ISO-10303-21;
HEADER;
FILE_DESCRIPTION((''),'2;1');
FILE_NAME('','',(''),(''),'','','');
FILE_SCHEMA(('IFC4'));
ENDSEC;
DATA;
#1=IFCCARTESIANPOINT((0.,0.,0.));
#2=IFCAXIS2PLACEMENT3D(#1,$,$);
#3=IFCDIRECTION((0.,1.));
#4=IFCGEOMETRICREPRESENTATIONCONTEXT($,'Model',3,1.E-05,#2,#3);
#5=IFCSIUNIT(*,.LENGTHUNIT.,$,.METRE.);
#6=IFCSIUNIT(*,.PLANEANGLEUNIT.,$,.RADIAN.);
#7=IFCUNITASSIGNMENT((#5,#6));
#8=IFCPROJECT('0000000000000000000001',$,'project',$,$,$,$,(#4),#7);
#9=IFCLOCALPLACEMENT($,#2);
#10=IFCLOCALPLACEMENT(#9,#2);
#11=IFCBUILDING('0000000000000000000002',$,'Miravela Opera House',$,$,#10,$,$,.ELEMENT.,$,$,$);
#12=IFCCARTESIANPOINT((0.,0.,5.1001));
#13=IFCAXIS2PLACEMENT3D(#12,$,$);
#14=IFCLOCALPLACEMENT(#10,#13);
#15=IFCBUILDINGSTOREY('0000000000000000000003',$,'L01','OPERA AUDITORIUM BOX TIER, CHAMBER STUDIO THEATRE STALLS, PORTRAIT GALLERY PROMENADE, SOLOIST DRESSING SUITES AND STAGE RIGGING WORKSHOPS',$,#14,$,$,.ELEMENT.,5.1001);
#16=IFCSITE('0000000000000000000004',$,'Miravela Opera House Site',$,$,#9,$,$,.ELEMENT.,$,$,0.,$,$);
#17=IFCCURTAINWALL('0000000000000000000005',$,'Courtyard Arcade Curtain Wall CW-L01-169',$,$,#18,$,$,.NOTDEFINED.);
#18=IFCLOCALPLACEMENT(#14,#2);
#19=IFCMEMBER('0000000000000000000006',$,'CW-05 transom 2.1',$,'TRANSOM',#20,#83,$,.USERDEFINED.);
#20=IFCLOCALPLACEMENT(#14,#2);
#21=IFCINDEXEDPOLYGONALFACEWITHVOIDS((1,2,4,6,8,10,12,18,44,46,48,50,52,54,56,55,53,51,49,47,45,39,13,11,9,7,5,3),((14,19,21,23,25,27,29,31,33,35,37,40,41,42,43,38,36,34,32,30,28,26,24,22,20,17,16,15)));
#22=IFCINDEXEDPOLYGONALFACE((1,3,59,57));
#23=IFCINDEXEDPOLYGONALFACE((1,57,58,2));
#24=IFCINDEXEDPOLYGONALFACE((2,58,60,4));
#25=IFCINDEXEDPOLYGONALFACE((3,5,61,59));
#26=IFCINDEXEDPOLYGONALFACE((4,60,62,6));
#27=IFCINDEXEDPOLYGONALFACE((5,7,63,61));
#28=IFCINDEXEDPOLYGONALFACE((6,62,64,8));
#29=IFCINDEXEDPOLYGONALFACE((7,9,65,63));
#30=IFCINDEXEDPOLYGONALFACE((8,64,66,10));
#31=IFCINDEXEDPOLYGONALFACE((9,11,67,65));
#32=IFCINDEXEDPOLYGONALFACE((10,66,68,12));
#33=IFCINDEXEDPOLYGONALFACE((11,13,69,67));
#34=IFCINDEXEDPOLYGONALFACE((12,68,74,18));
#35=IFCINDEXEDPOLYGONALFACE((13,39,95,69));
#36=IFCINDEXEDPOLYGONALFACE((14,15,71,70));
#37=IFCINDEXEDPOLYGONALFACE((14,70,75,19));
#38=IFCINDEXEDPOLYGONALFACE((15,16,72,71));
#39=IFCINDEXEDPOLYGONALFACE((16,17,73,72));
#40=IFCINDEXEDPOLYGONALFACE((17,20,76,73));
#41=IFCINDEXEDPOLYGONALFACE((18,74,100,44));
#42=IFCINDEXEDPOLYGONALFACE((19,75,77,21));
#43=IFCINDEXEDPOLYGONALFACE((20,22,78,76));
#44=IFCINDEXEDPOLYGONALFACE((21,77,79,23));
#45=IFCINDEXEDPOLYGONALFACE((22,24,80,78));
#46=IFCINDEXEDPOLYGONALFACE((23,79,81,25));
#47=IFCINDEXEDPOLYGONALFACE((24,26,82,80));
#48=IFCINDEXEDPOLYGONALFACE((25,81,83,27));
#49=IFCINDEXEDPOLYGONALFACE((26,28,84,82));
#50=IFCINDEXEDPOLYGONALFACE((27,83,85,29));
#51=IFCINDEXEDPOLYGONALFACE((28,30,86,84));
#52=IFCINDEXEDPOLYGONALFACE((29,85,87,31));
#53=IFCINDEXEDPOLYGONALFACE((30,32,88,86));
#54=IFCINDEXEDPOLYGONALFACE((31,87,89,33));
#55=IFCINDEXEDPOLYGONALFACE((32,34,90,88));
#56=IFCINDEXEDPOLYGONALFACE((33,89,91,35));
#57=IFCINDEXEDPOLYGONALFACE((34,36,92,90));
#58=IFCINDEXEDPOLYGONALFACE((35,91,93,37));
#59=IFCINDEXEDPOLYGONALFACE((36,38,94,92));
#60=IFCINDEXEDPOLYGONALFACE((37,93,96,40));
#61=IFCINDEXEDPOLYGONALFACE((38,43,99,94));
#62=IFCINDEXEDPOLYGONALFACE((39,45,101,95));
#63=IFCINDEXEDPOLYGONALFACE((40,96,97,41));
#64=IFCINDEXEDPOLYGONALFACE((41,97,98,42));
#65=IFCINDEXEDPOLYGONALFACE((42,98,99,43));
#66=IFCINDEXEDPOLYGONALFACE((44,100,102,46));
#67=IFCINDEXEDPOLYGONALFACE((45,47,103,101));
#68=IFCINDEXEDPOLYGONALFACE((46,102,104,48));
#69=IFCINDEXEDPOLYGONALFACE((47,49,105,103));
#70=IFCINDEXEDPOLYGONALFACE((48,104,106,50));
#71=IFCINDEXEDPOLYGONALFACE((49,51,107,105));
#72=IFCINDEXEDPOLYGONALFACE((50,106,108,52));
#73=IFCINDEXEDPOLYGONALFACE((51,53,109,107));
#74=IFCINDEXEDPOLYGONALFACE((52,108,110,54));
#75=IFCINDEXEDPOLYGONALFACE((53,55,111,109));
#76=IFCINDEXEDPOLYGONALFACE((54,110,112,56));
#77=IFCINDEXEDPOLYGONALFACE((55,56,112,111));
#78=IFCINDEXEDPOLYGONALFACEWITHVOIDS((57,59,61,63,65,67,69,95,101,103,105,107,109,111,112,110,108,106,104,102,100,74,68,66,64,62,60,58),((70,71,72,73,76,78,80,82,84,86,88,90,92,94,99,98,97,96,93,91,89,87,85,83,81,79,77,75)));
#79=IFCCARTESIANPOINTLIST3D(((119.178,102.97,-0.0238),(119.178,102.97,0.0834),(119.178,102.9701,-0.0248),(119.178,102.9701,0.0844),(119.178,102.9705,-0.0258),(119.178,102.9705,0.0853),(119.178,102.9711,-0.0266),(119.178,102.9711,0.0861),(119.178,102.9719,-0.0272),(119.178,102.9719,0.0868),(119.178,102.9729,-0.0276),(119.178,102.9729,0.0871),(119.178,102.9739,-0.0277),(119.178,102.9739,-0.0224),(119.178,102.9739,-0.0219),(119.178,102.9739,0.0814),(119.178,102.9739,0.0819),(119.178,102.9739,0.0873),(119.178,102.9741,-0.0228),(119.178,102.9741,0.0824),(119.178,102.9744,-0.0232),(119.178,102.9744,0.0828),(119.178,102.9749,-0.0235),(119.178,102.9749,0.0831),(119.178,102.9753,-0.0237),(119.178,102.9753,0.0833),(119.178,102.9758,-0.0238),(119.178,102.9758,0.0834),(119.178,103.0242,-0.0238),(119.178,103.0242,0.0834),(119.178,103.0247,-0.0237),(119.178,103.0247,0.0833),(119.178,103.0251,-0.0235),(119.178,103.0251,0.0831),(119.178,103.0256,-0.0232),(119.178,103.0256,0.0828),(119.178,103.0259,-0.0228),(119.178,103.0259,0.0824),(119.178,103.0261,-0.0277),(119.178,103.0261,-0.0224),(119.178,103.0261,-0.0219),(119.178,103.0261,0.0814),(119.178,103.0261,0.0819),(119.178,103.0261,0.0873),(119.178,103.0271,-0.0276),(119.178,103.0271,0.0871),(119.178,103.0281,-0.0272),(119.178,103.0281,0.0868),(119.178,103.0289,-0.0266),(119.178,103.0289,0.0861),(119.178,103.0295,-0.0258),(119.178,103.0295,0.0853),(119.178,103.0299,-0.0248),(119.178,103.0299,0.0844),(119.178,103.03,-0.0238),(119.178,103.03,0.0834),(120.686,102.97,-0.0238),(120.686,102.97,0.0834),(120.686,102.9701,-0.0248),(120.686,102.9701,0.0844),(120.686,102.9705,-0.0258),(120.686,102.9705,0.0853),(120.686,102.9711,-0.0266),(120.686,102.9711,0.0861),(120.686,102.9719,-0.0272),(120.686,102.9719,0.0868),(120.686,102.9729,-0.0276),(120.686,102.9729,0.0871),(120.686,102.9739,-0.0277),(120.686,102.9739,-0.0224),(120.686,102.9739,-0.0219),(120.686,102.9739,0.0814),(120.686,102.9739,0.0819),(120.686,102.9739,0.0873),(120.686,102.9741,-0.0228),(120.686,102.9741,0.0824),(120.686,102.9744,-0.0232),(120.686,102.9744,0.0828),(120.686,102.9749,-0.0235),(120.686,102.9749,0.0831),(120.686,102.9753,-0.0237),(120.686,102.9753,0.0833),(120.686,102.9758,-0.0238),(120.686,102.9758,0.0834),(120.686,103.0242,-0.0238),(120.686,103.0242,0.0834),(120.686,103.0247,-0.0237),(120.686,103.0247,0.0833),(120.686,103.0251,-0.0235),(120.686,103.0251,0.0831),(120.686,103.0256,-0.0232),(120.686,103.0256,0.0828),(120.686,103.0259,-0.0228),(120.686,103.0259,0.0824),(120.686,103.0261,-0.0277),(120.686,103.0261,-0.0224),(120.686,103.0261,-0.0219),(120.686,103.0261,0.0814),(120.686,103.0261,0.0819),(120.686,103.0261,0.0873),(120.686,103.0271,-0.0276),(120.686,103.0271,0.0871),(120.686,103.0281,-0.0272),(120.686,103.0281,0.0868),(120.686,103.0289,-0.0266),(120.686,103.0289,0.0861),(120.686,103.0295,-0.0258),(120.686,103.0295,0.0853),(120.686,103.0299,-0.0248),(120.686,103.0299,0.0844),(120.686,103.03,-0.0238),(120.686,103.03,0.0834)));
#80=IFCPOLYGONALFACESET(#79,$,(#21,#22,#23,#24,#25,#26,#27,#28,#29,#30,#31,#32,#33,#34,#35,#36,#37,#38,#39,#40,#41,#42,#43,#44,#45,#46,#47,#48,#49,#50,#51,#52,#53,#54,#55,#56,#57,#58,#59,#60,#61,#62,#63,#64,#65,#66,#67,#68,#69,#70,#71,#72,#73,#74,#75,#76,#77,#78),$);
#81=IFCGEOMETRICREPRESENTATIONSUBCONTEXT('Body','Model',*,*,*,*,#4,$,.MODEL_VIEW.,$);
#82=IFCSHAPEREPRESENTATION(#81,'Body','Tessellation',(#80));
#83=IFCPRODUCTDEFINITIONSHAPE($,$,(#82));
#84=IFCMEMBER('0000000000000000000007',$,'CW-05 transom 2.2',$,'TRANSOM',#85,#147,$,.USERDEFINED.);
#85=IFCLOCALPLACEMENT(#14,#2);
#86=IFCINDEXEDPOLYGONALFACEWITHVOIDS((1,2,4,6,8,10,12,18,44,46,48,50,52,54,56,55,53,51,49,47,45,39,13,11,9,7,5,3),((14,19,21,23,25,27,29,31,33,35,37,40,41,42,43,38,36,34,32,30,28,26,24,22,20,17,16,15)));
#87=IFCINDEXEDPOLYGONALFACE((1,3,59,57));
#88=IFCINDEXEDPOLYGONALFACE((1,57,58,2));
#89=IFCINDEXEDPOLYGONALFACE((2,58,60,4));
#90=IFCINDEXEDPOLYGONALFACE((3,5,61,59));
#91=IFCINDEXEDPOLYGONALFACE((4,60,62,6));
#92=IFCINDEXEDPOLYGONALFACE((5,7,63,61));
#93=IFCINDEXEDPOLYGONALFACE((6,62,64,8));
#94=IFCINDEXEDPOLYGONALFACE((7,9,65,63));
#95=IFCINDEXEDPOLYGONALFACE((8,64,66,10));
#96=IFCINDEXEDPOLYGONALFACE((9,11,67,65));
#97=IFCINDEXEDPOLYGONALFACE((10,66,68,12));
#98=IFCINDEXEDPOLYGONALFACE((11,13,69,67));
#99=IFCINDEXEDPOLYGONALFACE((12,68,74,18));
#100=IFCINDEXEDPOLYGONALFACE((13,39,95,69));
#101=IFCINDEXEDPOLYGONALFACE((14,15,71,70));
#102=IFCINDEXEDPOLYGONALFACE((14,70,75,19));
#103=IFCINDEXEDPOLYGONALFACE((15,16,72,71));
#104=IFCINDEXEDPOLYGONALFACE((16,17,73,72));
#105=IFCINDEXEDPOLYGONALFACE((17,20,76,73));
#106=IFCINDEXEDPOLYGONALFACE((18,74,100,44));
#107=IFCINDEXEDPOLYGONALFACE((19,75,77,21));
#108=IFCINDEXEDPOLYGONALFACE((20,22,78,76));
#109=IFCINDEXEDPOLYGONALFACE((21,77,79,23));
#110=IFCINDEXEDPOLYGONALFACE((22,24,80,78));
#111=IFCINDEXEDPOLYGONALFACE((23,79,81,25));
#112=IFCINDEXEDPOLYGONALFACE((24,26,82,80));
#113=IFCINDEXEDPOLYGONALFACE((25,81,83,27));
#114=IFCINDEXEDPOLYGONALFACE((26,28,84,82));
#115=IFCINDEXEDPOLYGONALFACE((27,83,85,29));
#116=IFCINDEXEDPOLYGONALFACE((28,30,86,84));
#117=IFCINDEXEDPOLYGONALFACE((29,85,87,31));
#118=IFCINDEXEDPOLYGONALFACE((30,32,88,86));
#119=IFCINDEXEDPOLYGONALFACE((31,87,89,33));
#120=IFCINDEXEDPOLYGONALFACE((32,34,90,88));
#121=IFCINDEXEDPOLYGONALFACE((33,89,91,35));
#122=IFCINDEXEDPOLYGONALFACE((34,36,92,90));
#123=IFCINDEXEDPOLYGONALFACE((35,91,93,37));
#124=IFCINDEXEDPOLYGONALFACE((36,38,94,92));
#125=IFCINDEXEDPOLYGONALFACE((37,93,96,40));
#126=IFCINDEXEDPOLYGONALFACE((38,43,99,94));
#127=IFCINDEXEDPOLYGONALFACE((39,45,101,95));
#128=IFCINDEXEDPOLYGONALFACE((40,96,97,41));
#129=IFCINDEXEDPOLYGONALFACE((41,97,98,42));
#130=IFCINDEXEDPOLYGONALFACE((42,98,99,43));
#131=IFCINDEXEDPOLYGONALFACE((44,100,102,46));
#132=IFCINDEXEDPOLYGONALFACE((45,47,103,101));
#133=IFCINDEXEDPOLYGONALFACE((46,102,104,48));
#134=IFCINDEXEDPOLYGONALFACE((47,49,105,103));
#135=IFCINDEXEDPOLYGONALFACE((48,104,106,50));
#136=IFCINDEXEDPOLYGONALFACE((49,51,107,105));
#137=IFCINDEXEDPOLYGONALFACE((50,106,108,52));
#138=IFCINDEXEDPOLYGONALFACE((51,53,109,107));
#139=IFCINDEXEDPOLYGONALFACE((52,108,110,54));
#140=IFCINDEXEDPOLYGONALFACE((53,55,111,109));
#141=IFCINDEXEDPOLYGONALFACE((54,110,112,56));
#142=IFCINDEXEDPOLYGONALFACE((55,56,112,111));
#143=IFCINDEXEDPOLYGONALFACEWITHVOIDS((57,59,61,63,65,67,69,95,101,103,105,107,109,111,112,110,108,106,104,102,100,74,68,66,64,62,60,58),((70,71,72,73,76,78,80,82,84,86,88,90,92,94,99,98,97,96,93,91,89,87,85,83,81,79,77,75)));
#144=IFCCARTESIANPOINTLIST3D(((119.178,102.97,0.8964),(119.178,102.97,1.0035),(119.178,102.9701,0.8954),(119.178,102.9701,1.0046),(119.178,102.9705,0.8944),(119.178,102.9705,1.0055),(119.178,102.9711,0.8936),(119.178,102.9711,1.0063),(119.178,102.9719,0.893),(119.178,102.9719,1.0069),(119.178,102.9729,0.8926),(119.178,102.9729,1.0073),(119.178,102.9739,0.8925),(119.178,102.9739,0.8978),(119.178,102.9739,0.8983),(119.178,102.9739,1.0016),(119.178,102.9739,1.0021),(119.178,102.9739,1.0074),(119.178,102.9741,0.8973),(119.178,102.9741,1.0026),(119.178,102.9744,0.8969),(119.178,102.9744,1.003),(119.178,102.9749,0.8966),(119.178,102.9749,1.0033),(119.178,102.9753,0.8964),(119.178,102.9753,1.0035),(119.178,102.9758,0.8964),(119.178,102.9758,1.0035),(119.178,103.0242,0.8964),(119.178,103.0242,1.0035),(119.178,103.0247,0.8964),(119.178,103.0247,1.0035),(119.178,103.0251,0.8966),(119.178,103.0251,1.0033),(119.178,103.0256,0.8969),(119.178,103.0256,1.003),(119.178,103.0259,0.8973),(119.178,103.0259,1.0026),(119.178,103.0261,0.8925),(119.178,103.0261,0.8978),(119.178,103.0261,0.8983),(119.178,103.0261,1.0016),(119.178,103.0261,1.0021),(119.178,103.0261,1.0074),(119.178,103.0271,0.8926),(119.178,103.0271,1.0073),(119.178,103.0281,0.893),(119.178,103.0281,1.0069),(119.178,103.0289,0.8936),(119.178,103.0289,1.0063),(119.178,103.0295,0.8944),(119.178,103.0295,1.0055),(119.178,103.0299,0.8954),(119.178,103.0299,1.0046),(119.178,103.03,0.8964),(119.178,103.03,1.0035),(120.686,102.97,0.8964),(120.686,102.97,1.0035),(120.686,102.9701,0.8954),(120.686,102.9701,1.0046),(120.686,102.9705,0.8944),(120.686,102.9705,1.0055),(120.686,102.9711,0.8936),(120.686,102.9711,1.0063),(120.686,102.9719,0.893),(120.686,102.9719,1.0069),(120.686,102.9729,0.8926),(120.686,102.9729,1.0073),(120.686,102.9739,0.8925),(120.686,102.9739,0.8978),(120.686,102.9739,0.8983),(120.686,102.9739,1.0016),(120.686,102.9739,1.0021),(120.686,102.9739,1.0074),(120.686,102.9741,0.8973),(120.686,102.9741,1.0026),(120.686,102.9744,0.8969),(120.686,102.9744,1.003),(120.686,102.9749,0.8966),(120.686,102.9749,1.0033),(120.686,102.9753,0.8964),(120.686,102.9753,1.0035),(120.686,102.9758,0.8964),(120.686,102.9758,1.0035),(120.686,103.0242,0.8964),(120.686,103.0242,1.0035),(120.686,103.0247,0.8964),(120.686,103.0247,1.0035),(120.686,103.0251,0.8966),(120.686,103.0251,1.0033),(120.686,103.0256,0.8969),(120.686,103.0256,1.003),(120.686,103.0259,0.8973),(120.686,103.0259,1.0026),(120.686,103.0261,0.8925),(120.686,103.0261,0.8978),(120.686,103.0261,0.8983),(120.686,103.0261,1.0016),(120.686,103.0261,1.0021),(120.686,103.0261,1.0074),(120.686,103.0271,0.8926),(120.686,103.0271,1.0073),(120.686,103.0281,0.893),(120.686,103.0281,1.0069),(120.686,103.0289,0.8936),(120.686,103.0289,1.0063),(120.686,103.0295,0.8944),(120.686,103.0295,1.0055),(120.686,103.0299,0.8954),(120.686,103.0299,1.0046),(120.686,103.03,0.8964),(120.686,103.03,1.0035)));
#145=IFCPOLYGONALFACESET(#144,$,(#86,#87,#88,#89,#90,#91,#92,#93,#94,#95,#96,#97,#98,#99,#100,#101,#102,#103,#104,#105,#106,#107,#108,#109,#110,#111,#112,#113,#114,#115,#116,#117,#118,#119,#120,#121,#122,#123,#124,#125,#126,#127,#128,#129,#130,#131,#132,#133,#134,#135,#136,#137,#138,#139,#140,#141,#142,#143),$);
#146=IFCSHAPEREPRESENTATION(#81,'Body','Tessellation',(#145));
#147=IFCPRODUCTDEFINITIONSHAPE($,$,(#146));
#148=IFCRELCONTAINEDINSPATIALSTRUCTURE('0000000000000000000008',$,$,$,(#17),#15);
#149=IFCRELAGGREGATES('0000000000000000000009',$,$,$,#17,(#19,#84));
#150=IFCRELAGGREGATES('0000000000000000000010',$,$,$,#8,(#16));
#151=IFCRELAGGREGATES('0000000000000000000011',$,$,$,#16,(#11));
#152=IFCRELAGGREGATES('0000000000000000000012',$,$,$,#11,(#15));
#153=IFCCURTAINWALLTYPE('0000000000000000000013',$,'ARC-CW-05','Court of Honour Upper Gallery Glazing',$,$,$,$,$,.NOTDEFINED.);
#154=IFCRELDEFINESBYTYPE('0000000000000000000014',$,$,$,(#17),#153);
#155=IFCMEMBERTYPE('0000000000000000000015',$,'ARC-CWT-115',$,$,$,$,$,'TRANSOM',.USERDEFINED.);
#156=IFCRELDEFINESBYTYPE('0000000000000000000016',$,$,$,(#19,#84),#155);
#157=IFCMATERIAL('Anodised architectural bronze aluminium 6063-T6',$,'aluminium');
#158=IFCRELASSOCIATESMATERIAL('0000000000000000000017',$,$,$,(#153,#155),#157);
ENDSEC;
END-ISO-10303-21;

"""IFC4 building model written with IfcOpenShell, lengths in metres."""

from ifc_helpers import new_model, si_unit, direction, frame, origin, origin_2d, place, context, subcontext, project, spatial, hollow_rectangle, extrude, material, material_profile, profile_set, type_object, element, aggregate, save


model = new_model("IFC4")

# Units and contexts
model_context = context("Model", 3, precision=1e-05, world=origin(), true_north=direction((0.0, 1.0)))
body_context = subcontext(model_context, "Body", "Model", "MODEL_VIEW")
ifc_project = project(units=[si_unit("LENGTHUNIT", "METRE"), si_unit("PLANEANGLEUNIT", "RADIAN")], contexts=[model_context])

# Site, building, storey
site_placement = place(None, origin())
site = spatial("IfcSite", under=ifc_project, at=site_placement, Name="Miravela Opera House Site", CompositionType="ELEMENT", RefElevation=0.0)
building_placement = place(site_placement, origin())
building = spatial("IfcBuilding", under=site, at=building_placement, Name="Miravela Opera House", CompositionType="ELEMENT")
storey_placement = place(building_placement, frame((0.0, 0.0, 5.1001)))
storey = spatial("IfcBuildingStorey", under=building, at=storey_placement, Name="L01", Description="OPERA AUDITORIUM BOX TIER, CHAMBER STUDIO THEATRE STALLS, PORTRAIT GALLERY PROMENADE, SOLOIST DRESSING SUITES AND STAGE RIGGING WORKSHOPS", CompositionType="ELEMENT", Elevation=5.1001)

# Curtain wall, members
ifc_material_1 = material(Name="Anodised architectural bronze aluminium 6063-T6", Category="aluminium")
curtain_wall_type = type_object("IfcCurtainWallType", Name="ARC-CW-05", Description="Court of Honour Upper Gallery Glazing", PredefinedType="NOTDEFINED", material=ifc_material_1)
curtain_wall_placement = place(storey_placement, origin())
curtain_wall = element("IfcCurtainWall", 1, at=curtain_wall_placement, inside=storey, type_object=curtain_wall_type, Name="Courtyard Arcade Curtain Wall CW-L01-169", PredefinedType="NOTDEFINED")
ifc_material_profile_1 = material_profile(ifc_material_1, hollow_rectangle(XDim=0.0601, YDim=0.115, WallThickness=0.0039, InnerFilletRadius=0.002, OuterFilletRadius=0.0039, at=origin_2d()), Name="CWT-60X115")
ifc_profile_set_1 = profile_set([ifc_material_profile_1])
member_type_1 = type_object("IfcMemberType", Name="ARC-CWT-115", ElementType="TRANSOM", PredefinedType="USERDEFINED", material=ifc_profile_set_1)
member_1_placement = place(storey_placement, frame((119.178, 103.0, 0.0298), z_axis=(1.0, 0.0, 0.0), x_axis=(0.0, 1.0, 0.0)))
member_1 = element("IfcMember", 2, at=member_1_placement, type_object=member_type_1, Name="CW-05 transom 2.1", ObjectType="TRANSOM", PredefinedType="USERDEFINED", context=body_context, shape_type="SweptSolid", body=[
    extrude(hollow_rectangle(XDim=0.0601, YDim=0.115, WallThickness=0.0039, InnerFilletRadius=0.002, OuterFilletRadius=0.0039, at=origin_2d()), origin(), (0.0, 0.0, 1.0), 1.5081),
])
member_2_placement = place(storey_placement, frame((119.178, 103.0, 0.95), z_axis=(1.0, 0.0, 0.0), x_axis=(0.0, 1.0, 0.0)))
member_2 = element("IfcMember", 3, at=member_2_placement, type_object=member_type_1, Name="CW-05 transom 2.2", ObjectType="TRANSOM", PredefinedType="USERDEFINED", context=body_context, shape_type="SweptSolid", body=[
    extrude(hollow_rectangle(XDim=0.0601, YDim=0.115, WallThickness=0.0039, InnerFilletRadius=0.002, OuterFilletRadius=0.0039, at=origin_2d()), origin(), (0.0, 0.0, 1.0), 1.5081),
])

aggregate(curtain_wall, [member_1, member_2])

save(model, "model.ifc")
